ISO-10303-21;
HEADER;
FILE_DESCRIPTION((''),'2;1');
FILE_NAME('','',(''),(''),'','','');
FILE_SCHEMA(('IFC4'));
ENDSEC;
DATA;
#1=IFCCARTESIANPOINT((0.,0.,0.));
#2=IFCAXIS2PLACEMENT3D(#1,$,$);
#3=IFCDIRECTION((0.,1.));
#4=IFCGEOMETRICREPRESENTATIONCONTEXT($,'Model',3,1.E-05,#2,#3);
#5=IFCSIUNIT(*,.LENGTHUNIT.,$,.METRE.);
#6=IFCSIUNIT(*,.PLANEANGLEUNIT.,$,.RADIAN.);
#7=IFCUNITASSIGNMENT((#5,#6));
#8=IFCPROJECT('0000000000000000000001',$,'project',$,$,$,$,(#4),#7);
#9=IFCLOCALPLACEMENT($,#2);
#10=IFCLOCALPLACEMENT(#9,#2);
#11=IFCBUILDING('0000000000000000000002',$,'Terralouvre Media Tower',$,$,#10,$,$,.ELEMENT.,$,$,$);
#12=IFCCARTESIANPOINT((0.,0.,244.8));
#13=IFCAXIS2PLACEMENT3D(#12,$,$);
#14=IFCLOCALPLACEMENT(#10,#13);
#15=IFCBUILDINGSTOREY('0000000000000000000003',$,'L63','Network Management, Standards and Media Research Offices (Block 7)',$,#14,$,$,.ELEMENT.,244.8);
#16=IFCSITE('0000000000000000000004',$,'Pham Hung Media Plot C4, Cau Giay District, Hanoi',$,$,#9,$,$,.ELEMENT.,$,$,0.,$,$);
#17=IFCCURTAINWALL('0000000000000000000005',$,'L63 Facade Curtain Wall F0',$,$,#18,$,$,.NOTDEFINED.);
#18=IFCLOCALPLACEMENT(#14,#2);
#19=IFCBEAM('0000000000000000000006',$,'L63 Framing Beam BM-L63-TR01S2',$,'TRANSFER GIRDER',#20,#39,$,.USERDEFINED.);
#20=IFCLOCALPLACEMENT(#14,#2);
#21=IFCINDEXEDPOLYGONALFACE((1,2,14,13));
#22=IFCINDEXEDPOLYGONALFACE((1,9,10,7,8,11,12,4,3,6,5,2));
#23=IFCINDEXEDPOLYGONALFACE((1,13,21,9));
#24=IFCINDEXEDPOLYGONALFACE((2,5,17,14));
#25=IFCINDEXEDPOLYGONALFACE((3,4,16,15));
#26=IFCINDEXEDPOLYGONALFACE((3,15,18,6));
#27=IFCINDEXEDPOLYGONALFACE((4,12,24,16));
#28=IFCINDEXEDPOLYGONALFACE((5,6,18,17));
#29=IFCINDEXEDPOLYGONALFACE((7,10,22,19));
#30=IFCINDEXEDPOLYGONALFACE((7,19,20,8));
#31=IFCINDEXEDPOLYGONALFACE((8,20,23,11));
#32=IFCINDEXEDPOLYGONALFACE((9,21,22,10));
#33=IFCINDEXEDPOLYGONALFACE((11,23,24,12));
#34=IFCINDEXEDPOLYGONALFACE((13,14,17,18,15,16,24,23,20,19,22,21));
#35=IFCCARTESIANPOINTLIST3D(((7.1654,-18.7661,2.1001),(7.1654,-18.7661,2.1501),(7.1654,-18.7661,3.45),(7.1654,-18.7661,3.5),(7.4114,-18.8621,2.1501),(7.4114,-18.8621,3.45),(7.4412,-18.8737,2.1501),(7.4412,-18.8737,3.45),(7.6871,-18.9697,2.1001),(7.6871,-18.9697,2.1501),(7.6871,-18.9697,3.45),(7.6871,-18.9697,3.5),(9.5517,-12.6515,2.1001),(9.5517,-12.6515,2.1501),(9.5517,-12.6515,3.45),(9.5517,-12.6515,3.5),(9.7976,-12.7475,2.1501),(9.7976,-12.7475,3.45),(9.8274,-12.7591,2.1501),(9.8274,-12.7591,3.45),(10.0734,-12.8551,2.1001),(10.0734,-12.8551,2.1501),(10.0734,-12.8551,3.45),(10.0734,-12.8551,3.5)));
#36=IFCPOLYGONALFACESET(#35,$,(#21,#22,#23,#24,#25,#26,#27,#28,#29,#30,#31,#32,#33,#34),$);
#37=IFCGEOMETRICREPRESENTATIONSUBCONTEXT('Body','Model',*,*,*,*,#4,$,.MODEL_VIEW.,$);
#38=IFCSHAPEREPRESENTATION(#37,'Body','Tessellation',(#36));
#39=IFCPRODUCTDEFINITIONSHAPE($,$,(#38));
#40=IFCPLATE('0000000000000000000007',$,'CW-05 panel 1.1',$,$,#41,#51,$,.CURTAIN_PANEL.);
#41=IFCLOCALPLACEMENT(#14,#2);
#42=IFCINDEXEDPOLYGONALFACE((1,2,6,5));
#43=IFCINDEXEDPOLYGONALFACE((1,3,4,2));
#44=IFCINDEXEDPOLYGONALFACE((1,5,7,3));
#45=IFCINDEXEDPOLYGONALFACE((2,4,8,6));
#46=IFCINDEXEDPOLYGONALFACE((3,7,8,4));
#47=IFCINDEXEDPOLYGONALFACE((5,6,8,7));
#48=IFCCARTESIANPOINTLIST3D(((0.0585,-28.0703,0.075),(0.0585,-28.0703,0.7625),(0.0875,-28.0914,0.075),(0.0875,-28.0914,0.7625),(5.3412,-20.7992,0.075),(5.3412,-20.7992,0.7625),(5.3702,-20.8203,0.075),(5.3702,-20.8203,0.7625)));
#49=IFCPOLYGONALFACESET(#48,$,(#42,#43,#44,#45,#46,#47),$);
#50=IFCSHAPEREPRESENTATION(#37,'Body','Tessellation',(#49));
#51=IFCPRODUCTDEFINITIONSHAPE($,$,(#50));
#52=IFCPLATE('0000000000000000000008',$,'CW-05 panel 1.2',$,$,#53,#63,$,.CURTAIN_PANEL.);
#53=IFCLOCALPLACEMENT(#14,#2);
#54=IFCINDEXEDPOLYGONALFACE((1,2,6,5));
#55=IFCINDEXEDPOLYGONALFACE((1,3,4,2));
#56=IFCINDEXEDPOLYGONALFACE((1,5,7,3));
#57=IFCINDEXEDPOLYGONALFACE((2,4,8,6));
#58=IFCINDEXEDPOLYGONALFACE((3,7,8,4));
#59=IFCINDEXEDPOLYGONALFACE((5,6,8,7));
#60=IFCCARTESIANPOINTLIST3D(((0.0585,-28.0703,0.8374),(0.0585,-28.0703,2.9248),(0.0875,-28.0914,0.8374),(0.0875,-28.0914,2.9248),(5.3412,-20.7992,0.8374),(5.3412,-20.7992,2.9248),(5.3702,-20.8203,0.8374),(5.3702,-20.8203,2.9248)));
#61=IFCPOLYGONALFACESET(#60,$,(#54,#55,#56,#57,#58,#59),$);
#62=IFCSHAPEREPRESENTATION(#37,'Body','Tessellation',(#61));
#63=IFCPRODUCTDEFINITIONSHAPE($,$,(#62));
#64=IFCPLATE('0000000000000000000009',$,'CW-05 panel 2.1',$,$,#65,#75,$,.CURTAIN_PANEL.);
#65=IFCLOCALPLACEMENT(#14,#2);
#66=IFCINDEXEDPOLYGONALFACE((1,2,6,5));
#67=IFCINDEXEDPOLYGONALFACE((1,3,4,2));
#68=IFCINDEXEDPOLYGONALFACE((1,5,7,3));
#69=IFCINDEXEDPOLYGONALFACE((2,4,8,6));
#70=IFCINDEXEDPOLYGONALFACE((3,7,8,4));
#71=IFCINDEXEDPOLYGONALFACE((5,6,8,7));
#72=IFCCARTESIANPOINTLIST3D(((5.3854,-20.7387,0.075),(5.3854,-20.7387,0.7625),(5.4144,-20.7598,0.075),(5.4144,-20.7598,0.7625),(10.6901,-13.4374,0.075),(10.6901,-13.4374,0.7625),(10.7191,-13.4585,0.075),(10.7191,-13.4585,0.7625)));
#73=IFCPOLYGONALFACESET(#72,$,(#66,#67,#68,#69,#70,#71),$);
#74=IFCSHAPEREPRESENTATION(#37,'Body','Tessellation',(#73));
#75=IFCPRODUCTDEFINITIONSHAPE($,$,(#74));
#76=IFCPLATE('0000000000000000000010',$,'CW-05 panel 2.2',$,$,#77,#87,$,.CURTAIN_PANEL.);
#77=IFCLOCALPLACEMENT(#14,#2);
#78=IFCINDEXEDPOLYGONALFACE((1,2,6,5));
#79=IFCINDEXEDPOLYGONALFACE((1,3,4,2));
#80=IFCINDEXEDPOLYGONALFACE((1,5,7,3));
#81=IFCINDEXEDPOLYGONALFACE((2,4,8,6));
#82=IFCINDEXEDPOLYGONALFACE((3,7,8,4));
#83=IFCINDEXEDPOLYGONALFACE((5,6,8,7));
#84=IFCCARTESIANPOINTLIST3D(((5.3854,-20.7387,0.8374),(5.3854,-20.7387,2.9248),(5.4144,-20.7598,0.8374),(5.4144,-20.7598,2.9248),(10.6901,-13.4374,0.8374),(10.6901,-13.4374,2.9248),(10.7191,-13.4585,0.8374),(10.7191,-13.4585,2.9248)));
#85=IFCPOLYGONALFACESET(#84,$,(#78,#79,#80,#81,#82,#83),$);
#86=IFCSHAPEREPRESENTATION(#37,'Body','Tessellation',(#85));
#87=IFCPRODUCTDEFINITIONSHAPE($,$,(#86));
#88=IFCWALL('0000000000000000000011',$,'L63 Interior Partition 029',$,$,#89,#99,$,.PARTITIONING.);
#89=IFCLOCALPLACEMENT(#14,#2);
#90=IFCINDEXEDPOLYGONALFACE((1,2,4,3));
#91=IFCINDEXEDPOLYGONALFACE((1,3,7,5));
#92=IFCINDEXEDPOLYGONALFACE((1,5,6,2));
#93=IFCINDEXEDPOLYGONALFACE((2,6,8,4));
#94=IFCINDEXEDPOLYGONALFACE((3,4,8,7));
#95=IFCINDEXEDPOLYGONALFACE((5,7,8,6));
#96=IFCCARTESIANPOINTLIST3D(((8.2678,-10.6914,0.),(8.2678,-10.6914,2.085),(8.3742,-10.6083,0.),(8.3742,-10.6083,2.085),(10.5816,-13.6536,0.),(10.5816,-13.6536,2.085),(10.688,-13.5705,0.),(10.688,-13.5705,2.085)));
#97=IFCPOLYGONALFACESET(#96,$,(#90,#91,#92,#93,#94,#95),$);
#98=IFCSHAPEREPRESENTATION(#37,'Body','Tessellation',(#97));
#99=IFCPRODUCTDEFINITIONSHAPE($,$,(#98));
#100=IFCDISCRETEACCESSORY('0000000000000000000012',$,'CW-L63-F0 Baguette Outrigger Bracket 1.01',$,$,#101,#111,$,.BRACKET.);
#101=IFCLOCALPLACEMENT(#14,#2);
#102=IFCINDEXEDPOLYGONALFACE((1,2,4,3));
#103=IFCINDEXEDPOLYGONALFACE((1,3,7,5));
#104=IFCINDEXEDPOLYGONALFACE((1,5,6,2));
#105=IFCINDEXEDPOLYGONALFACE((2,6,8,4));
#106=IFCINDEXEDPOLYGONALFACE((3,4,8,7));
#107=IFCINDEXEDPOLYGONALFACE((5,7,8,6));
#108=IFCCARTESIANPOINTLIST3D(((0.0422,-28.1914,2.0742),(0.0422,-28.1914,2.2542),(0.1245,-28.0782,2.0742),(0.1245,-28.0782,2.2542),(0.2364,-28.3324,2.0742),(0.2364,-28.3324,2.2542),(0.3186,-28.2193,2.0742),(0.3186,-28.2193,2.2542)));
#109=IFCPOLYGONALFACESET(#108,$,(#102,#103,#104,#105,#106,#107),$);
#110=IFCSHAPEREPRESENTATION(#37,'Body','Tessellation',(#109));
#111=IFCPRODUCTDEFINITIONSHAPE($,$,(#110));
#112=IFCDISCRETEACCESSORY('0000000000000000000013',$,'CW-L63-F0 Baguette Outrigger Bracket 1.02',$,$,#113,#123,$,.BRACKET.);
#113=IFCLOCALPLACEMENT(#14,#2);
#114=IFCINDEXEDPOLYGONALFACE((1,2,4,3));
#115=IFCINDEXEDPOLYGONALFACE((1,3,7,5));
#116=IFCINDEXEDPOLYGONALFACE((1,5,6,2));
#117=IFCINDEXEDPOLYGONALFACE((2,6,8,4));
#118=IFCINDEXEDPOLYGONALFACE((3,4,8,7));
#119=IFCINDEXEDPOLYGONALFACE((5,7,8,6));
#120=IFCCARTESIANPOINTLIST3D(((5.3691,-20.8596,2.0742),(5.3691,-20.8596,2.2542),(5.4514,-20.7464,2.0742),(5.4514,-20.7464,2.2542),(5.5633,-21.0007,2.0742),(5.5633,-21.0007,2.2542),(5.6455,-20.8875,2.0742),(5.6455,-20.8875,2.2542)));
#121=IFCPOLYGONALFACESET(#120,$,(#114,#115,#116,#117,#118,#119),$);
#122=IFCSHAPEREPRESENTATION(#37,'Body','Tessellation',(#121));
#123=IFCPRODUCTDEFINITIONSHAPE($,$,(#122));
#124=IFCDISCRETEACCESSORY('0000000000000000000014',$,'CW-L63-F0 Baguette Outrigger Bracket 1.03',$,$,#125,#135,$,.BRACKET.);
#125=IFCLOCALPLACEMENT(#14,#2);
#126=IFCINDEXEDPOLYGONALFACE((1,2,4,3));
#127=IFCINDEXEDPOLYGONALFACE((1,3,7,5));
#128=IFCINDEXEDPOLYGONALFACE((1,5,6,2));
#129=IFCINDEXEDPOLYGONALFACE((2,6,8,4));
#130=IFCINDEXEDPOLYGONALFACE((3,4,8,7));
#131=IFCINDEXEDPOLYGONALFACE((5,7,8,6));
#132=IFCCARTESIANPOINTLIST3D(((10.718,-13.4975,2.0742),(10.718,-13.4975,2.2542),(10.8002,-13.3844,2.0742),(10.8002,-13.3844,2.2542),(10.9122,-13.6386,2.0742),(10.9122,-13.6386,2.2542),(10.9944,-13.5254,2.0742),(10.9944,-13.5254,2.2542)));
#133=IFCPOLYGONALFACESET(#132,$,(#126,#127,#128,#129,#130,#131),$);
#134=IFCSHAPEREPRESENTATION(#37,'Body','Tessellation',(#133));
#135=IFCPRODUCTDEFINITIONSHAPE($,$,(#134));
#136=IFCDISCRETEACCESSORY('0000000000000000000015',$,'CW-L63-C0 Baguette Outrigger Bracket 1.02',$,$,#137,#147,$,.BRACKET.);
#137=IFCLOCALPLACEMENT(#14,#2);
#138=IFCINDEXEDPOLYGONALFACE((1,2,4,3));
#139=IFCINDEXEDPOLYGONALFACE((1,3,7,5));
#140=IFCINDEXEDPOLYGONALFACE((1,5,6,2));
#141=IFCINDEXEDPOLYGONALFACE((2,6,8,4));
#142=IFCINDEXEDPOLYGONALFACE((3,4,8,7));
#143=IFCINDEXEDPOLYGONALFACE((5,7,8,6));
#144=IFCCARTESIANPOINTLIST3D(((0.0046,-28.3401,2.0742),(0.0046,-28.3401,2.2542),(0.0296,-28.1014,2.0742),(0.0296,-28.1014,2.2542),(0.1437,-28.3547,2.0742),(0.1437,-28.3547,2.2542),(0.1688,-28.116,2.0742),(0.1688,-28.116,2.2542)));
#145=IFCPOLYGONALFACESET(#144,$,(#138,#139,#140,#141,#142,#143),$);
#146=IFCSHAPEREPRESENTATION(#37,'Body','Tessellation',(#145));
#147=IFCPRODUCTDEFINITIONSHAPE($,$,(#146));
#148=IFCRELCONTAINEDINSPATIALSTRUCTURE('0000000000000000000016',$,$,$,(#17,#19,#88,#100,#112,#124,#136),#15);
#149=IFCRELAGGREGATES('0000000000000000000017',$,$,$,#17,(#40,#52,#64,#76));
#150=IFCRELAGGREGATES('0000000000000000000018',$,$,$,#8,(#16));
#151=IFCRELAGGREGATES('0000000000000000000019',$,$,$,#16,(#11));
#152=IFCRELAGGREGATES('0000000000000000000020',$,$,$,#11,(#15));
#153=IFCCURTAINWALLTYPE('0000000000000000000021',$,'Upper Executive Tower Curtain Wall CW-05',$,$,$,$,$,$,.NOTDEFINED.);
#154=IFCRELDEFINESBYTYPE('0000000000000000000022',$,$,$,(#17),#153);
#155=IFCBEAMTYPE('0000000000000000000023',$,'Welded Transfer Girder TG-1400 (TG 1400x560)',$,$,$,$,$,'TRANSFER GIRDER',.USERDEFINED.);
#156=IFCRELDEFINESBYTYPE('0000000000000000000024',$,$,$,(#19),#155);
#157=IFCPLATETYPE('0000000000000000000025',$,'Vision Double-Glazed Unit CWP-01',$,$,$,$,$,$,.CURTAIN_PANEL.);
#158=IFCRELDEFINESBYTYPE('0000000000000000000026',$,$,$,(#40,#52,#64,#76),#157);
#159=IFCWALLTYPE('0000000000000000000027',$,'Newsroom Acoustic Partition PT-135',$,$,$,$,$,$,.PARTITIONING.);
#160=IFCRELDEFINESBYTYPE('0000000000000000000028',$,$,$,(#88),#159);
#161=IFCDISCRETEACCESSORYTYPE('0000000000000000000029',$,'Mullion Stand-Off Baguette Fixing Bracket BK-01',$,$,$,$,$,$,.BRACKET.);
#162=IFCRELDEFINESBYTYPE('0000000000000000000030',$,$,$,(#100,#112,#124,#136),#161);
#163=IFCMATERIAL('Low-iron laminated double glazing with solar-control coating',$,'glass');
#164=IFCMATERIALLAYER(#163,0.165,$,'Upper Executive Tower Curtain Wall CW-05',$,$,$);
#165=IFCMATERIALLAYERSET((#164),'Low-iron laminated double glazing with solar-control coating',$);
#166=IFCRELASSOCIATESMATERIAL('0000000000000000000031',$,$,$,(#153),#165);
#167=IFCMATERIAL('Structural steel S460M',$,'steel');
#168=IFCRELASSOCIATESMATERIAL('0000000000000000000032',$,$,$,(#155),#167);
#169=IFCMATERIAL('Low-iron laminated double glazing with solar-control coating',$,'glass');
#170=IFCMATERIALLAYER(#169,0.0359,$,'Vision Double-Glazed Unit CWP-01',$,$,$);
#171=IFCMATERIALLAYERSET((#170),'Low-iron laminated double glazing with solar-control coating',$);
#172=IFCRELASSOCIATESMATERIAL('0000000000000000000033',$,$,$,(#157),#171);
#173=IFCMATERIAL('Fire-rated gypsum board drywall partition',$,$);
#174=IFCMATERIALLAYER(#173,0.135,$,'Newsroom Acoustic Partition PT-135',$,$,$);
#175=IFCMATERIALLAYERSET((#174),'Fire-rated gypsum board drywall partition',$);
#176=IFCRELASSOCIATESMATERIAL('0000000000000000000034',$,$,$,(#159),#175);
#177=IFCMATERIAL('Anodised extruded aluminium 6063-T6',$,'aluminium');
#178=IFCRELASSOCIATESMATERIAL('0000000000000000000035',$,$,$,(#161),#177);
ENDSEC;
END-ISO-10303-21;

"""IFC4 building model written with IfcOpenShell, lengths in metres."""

from ifc_helpers import new_model, si_unit, direction, frame, frame_2d, origin, origin_2d, place, context, subcontext, project, spatial, rectangle, i_section, extrude, material, layer, layer_set, material_profile, profile_set, type_object, element, aggregate, save


model = new_model("IFC4")

# Units and contexts
model_context = context("Model", 3, precision=1e-05, world=origin(), true_north=direction((0.0, 1.0)))
body_context = subcontext(model_context, "Body", "Model", "MODEL_VIEW")
ifc_project = project(units=[si_unit("LENGTHUNIT", "METRE"), si_unit("PLANEANGLEUNIT", "RADIAN")], contexts=[model_context])

# Site, building, storey
site_placement = place(None, origin())
site = spatial("IfcSite", under=ifc_project, at=site_placement, Name="Pham Hung Media Plot C4, Cau Giay District, Hanoi", CompositionType="ELEMENT", RefElevation=0.0)
building_placement = place(site_placement, origin())
building = spatial("IfcBuilding", under=site, at=building_placement, Name="Terralouvre Media Tower", CompositionType="ELEMENT")
storey_placement = place(building_placement, frame((0.0, 0.0, 244.8)))
storey = spatial("IfcBuildingStorey", under=building, at=storey_placement, Name="L63", Description="Network Management, Standards and Media Research Offices (Block 7)", CompositionType="ELEMENT", Elevation=244.8)

# Curtain wall
ifc_material_1 = material(Name="Low-iron laminated double glazing with solar-control coating", Category="glass")
ifc_layer_1 = layer(ifc_material_1, 0.165, Name="Upper Executive Tower Curtain Wall CW-05")
ifc_layer_set_1 = layer_set([ifc_layer_1], Name="Low-iron laminated double glazing with solar-control coating")
curtain_wall_type_1 = type_object("IfcCurtainWallType", Name="Upper Executive Tower Curtain Wall CW-05", PredefinedType="NOTDEFINED", material=ifc_layer_set_1)
curtain_wall_1_placement = place(storey_placement, origin())
curtain_wall_1 = element("IfcCurtainWall", 1, at=curtain_wall_1_placement, inside=storey, type_object=curtain_wall_type_1, Name="L63 Facade Curtain Wall F0", PredefinedType="NOTDEFINED")

# Beam
ifc_material_2 = material(Name="Structural steel S460M", Category="steel")
ifc_material_profile_1 = material_profile(ifc_material_2, i_section(OverallWidth=0.5601, OverallDepth=1.3999, WebThickness=0.032, FlangeThickness=0.05, at=origin_2d()), Name="TG 1400x560")
ifc_profile_set_1 = profile_set([ifc_material_profile_1], Name="Structural steel S460M")
beam_type = type_object("IfcBeamType", Name="Welded Transfer Girder TG-1400 (TG 1400x560)", ElementType="TRANSFER GIRDER", PredefinedType="USERDEFINED", material=ifc_profile_set_1)
beam_1_placement = place(storey_placement, frame((7.4263, -18.8679, 2.8), z_axis=(0.363554, 0.931573, 0.0), x_axis=(-0.931573, 0.363554, 0.0)))
element("IfcBeam", 2, at=beam_1_placement, inside=storey, type_object=beam_type, Name="L63 Framing Beam BM-L63-TR01S2", ObjectType="TRANSFER GIRDER", PredefinedType="USERDEFINED", context=body_context, shape_type="SweptSolid", body=[
    extrude(i_section(OverallWidth=0.5601, OverallDepth=1.3999, WebThickness=0.032, FlangeThickness=0.05, at=origin_2d()), origin(), (0.0, 0.0, 1.0), 6.5637),
])

# Plates
ifc_material_3 = material(Name="Low-iron laminated double glazing with solar-control coating", Category="glass")
ifc_layer_2 = layer(ifc_material_3, 0.0359, Name="Vision Double-Glazed Unit CWP-01")
ifc_layer_set_2 = layer_set([ifc_layer_2], Name="Low-iron laminated double glazing with solar-control coating")
plate_type = type_object("IfcPlateType", Name="Vision Double-Glazed Unit CWP-01", PredefinedType="CURTAIN_PANEL", material=ifc_layer_set_2)
plate_1_placement = place(storey_placement, frame((2.7144, -24.4453, 0.075), z_axis=(0.0, 0.0, 1.0), x_axis=(0.587785, 0.809017, 0.0)))
plate_1 = element("IfcPlate", 3, at=plate_1_placement, type_object=plate_type, Name="CW-05 panel 1.1", PredefinedType="CURTAIN_PANEL", context=body_context, shape_type="SweptSolid", body=[
    extrude(rectangle(XDim=8.9875, YDim=0.0359, at=origin_2d()), origin(), (0.0, 0.0, 1.0), 0.6875),
])
plate_2_placement = place(storey_placement, frame((2.7144, -24.4453, 0.8374), z_axis=(0.0, 0.0, 1.0), x_axis=(0.587785, 0.809017, 0.0)))
plate_2 = element("IfcPlate", 4, at=plate_2_placement, type_object=plate_type, Name="CW-05 panel 1.2", PredefinedType="CURTAIN_PANEL", context=body_context, shape_type="SweptSolid", body=[
    extrude(rectangle(XDim=8.9875, YDim=0.0359, at=origin_2d()), origin(), (0.0, 0.0, 1.0), 2.0874),
])
plate_3_placement = place(storey_placement, frame((8.0522, -17.0986, 0.075), z_axis=(0.0, 0.0, 1.0), x_axis=(0.587785, 0.809017, 0.0)))
plate_3 = element("IfcPlate", 5, at=plate_3_placement, type_object=plate_type, Name="CW-05 panel 2.1", PredefinedType="CURTAIN_PANEL", context=body_context, shape_type="SweptSolid", body=[
    extrude(rectangle(XDim=9.0249, YDim=0.0359, at=origin_2d()), origin(), (0.0, 0.0, 1.0), 0.6875),
])
plate_4_placement = place(storey_placement, frame((8.0522, -17.0986, 0.8374), z_axis=(0.0, 0.0, 1.0), x_axis=(0.587785, 0.809017, 0.0)))
plate_4 = element("IfcPlate", 6, at=plate_4_placement, type_object=plate_type, Name="CW-05 panel 2.2", PredefinedType="CURTAIN_PANEL", context=body_context, shape_type="SweptSolid", body=[
    extrude(rectangle(XDim=9.0249, YDim=0.0359, at=origin_2d()), origin(), (0.0, 0.0, 1.0), 2.0874),
])
aggregate(curtain_wall_1, [plate_1, plate_2, plate_3, plate_4])

# Wall
ifc_material_4 = material(Name="Fire-rated gypsum board drywall partition")
ifc_layer_3 = layer(ifc_material_4, 0.135, Name="Newsroom Acoustic Partition PT-135")
ifc_layer_set_3 = layer_set([ifc_layer_3], Name="Fire-rated gypsum board drywall partition")
wall_type = type_object("IfcWallType", Name="Newsroom Acoustic Partition PT-135", PredefinedType="PARTITIONING", material=ifc_layer_set_3)
wall_placement = place(storey_placement, frame((10.6348, -13.6121, 0.0), z_axis=(0.0, 0.0, 1.0), x_axis=(-0.615567, 0.788084, 0.0)))
element("IfcWall", 7, at=wall_placement, inside=storey, type_object=wall_type, Name="L63 Interior Partition 029", PredefinedType="PARTITIONING", context=body_context, shape_type="SweptSolid", body=[
    extrude(rectangle(XDim=3.7588, YDim=0.135, at=frame_2d((1.8794, 0.0))), origin(), (0.0, 0.0, 1.0), 2.085),
])

# Discrete accessories
ifc_material_5 = material(Name="Anodised extruded aluminium 6063-T6", Category="aluminium")
discrete_accessory_type = type_object("IfcDiscreteAccessoryType", Name="Mullion Stand-Off Baguette Fixing Bracket BK-01", PredefinedType="BRACKET", material=ifc_material_5)
for number, where, z_axis, x_axis, name in (
    (8, (0.1804, -28.2053, 2.0742), (0.0, 0.0, 1.0), (0.587785, 0.809017, 0.0), "CW-L63-F0 Baguette Outrigger Bracket 1.01"),
    (9, (5.5073, -20.8735, 2.0742), (0.0, 0.0, 1.0), (0.587785, 0.809017, 0.0), "CW-L63-F0 Baguette Outrigger Bracket 1.02"),
    (10, (10.8562, -13.5115, 2.0742), (0.0, 0.0, 1.0), (0.587785, 0.809017, 0.0), "CW-L63-F0 Baguette Outrigger Bracket 1.03"),
    (11, (0.0867, -28.228, 2.0742), (0.0, 0.0, 1.0), (0.994522, -0.104528, 0.0), "CW-L63-C0 Baguette Outrigger Bracket 1.02"),
):
    element("IfcDiscreteAccessory", number, at=place(storey_placement, frame(where, z_axis=z_axis, x_axis=x_axis)), inside=storey, type_object=discrete_accessory_type, Name=name, PredefinedType="BRACKET", context=body_context, shape_type="SweptSolid", body=[
        extrude(rectangle(XDim=0.1399, YDim=0.24, at=origin_2d()), origin(), (0.0, 0.0, 1.0), 0.1799),
    ])

save(model, "model.ifc")
